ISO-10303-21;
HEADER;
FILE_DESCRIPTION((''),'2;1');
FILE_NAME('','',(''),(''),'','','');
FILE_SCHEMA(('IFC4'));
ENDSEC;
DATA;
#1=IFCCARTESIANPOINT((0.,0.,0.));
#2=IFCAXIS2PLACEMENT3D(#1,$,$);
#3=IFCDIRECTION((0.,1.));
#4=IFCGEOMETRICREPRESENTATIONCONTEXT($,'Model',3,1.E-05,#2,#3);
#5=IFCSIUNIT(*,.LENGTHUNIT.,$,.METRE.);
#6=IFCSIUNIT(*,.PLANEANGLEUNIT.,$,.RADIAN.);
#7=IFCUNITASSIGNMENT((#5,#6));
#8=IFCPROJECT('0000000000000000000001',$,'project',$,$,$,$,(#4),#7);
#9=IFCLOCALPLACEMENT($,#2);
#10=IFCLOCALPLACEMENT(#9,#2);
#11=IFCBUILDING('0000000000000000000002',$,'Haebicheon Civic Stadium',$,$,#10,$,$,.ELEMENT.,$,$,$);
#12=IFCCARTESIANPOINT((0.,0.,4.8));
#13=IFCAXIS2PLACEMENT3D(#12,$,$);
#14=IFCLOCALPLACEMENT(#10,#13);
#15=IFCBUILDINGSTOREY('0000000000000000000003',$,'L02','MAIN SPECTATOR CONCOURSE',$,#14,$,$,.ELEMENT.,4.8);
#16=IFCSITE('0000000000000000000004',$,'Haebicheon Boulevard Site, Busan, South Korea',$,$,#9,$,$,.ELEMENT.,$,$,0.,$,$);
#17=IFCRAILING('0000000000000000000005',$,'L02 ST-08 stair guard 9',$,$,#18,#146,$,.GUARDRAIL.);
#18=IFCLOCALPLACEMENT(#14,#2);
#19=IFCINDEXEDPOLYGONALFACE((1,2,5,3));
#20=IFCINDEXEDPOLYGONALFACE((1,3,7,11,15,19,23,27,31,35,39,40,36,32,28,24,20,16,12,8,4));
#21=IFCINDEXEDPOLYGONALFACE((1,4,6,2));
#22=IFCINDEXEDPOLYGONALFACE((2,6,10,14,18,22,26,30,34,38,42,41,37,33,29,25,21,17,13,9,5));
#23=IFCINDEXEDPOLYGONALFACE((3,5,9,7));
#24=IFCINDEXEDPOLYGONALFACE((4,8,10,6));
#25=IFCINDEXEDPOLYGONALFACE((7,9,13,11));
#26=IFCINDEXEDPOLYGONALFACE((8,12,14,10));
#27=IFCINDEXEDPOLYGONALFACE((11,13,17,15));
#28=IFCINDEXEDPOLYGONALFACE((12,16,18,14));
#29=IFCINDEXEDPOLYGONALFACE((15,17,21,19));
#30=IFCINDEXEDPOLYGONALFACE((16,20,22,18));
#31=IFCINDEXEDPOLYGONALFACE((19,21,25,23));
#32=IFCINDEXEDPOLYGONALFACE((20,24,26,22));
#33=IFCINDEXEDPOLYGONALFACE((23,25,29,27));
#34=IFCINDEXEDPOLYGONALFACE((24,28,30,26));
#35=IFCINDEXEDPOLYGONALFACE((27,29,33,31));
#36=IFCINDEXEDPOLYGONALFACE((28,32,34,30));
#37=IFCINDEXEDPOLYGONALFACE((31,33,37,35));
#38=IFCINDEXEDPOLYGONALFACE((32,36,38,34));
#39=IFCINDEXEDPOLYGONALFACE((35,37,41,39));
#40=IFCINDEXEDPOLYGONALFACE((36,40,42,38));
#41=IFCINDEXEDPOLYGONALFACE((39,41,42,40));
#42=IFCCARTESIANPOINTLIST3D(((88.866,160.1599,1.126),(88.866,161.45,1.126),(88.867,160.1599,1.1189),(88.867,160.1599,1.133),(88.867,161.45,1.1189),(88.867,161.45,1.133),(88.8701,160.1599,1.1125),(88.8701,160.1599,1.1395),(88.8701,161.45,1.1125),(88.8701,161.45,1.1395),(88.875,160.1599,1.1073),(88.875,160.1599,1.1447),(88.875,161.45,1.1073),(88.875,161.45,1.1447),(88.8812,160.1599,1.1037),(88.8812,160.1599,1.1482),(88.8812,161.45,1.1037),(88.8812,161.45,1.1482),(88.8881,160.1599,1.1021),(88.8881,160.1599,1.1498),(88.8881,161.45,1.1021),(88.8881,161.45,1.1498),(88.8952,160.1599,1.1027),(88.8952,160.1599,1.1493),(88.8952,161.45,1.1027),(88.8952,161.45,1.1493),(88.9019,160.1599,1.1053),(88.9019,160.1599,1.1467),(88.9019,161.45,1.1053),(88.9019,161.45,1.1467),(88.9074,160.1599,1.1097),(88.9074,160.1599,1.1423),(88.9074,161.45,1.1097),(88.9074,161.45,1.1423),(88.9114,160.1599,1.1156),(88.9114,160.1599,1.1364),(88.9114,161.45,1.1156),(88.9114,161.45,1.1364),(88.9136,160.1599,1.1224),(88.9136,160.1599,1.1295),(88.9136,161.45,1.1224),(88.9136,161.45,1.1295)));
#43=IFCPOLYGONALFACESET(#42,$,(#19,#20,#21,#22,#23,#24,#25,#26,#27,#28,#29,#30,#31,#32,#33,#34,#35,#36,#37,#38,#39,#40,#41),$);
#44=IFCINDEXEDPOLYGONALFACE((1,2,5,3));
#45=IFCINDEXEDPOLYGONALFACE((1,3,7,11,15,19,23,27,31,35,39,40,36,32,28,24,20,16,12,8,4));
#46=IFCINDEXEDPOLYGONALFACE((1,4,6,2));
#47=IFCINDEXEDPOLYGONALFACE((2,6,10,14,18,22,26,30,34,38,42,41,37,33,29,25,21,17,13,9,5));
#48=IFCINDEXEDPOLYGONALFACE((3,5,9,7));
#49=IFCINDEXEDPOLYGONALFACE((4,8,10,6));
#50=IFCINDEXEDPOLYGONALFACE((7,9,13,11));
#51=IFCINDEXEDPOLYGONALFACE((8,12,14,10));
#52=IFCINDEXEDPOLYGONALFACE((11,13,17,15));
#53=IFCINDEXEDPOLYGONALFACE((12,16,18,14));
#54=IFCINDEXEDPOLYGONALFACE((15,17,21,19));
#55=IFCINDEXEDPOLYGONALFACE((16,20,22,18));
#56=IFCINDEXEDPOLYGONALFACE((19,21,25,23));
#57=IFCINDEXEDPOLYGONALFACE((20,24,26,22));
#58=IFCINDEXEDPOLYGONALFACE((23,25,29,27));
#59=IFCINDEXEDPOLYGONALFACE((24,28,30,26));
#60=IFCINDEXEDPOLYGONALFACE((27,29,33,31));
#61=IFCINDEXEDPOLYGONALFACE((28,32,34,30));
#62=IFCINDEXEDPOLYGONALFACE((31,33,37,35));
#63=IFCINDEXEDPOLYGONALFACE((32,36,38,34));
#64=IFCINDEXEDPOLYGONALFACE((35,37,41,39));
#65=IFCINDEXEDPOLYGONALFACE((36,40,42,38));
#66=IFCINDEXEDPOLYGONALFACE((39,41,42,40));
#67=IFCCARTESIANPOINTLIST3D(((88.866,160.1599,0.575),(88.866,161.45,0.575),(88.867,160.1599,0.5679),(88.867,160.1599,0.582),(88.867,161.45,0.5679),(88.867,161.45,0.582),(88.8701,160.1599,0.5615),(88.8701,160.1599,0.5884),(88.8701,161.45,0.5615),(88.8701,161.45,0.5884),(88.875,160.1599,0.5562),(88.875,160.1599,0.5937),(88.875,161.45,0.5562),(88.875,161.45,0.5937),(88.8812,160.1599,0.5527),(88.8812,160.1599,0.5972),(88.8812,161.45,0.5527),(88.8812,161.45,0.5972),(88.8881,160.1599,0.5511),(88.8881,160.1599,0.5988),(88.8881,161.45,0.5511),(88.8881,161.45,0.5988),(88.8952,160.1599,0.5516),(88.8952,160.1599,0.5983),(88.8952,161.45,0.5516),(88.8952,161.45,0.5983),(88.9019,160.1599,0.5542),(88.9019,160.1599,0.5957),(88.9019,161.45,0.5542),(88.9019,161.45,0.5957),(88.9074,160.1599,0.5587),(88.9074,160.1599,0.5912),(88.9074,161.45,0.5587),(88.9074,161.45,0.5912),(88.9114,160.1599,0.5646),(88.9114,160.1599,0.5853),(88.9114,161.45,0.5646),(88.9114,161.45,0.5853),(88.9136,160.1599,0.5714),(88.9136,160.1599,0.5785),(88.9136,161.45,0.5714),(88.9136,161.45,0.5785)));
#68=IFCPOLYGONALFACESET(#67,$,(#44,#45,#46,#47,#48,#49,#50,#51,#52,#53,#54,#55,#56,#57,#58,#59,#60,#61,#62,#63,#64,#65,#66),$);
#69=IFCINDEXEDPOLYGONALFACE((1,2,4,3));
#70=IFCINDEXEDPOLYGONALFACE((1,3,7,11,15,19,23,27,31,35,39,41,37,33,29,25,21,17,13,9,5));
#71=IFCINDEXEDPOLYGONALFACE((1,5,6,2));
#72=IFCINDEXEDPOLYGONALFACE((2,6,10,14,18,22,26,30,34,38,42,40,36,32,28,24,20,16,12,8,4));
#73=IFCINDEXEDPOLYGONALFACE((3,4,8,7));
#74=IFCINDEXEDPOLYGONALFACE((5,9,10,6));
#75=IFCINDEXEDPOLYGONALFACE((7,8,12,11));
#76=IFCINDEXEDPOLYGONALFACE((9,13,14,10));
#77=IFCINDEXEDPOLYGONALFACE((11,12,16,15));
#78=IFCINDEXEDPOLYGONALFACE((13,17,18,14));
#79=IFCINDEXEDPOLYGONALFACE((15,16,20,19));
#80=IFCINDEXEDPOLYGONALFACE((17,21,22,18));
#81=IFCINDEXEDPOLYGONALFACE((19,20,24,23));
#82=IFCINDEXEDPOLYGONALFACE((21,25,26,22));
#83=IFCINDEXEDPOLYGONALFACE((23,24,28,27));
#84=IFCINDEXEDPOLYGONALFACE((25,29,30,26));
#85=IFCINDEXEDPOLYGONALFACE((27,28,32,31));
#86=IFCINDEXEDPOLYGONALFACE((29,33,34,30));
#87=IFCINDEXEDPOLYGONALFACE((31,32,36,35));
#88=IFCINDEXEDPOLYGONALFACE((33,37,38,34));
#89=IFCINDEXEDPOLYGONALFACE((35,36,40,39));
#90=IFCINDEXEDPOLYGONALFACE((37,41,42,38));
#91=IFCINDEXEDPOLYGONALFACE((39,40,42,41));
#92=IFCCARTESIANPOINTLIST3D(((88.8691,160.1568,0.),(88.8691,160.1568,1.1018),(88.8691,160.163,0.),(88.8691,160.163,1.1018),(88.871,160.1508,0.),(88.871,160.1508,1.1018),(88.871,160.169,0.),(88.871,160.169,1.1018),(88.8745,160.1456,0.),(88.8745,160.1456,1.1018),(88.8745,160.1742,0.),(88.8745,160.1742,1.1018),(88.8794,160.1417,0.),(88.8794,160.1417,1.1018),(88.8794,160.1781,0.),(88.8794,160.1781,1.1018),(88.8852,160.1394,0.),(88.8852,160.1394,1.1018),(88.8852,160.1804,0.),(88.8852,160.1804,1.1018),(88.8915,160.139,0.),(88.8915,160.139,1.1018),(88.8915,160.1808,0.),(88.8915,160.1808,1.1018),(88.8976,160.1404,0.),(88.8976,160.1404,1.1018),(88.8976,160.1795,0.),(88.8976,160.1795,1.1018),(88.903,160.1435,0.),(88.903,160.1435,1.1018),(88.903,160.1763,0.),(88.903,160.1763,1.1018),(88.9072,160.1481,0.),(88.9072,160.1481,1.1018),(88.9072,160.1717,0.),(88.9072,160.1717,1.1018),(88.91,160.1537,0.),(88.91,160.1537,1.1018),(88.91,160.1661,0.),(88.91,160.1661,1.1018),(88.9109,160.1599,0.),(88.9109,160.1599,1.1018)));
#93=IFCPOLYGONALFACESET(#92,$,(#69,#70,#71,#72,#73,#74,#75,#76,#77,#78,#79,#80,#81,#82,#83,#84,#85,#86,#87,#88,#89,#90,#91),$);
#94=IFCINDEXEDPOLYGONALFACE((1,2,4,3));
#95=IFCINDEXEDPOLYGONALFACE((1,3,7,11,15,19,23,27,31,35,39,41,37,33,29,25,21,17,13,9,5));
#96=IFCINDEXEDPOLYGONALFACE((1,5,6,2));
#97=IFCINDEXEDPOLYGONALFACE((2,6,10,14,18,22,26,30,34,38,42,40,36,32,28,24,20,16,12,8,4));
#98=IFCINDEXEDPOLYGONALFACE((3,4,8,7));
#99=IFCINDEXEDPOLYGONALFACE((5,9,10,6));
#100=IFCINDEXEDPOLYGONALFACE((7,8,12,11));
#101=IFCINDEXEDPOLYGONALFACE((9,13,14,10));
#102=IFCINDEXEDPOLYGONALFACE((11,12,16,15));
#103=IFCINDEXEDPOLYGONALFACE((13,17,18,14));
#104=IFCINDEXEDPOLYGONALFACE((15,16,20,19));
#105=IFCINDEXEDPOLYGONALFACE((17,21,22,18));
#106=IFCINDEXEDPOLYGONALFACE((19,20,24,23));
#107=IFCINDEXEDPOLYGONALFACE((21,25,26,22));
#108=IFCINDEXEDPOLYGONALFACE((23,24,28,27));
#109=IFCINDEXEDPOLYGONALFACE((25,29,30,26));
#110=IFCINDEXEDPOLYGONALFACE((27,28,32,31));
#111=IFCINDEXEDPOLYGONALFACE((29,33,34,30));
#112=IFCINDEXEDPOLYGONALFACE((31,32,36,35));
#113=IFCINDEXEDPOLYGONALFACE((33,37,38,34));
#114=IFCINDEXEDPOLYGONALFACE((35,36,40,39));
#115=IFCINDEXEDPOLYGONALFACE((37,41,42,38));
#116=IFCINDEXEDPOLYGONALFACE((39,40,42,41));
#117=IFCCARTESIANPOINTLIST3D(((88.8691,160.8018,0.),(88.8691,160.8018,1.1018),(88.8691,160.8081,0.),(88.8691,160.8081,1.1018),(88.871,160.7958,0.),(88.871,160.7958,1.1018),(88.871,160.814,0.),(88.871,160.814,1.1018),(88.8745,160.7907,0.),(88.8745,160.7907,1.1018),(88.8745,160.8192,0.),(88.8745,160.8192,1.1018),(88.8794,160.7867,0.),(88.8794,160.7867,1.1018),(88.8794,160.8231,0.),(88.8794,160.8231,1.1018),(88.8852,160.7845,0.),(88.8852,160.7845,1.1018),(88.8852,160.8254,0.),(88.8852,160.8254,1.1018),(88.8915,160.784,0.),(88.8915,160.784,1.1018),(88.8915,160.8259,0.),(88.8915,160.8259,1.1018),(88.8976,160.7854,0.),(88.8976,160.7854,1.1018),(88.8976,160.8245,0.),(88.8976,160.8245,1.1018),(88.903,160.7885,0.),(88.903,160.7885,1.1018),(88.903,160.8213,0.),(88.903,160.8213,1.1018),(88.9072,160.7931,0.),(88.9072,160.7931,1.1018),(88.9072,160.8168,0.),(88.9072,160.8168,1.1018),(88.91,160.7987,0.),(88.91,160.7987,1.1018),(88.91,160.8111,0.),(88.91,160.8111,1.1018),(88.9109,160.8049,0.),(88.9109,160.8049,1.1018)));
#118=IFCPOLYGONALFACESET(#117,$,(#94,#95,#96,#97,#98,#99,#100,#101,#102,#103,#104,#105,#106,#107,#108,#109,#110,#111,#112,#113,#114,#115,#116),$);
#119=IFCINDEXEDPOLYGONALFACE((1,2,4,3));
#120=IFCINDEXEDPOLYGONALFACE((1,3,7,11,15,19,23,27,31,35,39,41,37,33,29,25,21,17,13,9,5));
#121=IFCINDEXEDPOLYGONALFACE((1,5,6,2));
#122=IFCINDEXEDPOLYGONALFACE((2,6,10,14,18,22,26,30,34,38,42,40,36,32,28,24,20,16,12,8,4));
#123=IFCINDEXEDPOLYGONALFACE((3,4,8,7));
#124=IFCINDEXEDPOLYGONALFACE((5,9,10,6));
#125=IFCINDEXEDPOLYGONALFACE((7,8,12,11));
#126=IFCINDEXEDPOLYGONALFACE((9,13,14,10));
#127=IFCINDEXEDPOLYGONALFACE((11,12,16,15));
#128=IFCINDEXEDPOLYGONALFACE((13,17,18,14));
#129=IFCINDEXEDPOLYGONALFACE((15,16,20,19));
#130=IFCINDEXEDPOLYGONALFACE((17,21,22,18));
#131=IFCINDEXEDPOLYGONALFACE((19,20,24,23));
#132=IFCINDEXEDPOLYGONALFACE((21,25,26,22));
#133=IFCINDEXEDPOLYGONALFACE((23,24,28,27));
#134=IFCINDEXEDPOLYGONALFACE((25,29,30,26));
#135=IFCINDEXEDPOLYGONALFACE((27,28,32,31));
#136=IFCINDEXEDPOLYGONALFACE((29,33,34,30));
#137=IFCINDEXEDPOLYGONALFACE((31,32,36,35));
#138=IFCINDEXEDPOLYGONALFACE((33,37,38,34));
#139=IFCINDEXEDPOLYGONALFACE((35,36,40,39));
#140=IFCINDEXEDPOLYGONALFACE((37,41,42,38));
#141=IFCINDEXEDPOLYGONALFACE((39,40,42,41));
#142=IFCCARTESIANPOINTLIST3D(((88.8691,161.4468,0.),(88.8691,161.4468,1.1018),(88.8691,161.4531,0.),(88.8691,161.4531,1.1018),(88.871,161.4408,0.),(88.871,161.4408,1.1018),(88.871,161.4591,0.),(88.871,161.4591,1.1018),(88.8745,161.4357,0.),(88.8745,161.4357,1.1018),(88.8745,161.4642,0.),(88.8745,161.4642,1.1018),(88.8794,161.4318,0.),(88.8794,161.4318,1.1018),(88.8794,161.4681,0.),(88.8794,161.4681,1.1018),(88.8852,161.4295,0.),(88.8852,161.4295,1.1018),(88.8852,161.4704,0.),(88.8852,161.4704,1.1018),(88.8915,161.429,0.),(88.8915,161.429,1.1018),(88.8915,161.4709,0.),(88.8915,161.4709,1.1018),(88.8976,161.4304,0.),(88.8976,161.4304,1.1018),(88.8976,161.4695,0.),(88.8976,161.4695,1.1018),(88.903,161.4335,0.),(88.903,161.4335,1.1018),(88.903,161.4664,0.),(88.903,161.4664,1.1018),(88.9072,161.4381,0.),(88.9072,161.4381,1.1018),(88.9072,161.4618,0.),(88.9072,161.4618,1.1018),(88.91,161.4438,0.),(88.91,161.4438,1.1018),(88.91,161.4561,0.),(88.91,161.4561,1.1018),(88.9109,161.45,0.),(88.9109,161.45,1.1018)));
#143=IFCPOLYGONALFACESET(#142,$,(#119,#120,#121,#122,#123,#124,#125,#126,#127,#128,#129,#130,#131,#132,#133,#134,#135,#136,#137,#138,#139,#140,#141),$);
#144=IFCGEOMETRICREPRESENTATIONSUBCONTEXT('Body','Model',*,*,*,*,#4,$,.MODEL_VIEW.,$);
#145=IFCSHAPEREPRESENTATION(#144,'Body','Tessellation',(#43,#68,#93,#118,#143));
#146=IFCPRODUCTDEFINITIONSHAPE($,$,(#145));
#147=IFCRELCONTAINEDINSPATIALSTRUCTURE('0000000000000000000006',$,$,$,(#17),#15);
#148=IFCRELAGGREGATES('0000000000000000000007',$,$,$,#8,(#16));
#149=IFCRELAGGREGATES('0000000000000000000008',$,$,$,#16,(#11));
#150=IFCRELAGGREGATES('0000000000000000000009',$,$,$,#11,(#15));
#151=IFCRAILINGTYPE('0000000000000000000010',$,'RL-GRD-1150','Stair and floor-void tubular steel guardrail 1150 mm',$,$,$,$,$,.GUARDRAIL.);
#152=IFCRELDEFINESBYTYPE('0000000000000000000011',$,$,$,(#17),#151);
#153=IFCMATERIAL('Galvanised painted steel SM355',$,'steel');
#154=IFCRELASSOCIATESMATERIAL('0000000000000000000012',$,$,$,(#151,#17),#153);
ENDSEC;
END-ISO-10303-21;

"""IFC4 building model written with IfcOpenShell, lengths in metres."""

from ifc_helpers import new_model, si_unit, direction, frame, origin, origin_2d, place, context, subcontext, project, spatial, circle, extrude, material, type_object, element, save


model = new_model("IFC4")

# Units and contexts
model_context = context("Model", 3, precision=1e-05, world=origin(), true_north=direction((0.0, 1.0)))
body_context = subcontext(model_context, "Body", "Model", "MODEL_VIEW")
ifc_project = project(units=[si_unit("LENGTHUNIT", "METRE"), si_unit("PLANEANGLEUNIT", "RADIAN")], contexts=[model_context])

# Site, building, storey
site_placement = place(None, origin())
site = spatial("IfcSite", under=ifc_project, at=site_placement, Name="Haebicheon Boulevard Site, Busan, South Korea", CompositionType="ELEMENT", RefElevation=0.0)
building_placement = place(site_placement, origin())
building = spatial("IfcBuilding", under=site, at=building_placement, Name="Haebicheon Civic Stadium", CompositionType="ELEMENT")
storey_placement = place(building_placement, frame((0.0, 0.0, 4.8)))
storey = spatial("IfcBuildingStorey", under=building, at=storey_placement, Name="L02", Description="MAIN SPECTATOR CONCOURSE", CompositionType="ELEMENT", Elevation=4.8)

# Railing
ifc_material_1 = material(Name="Galvanised painted steel SM355", Category="steel")
railing_type_1 = type_object("IfcRailingType", Name="RL-GRD-1150", Description="Stair and floor-void tubular steel guardrail 1150 mm", PredefinedType="GUARDRAIL", material=ifc_material_1)
for number, where, name in (
    (1, (88.8899, 160.1599, 0.0), "L02 ST-08 stair guard 9"),
):
    element("IfcRailing", number, at=place(storey_placement, frame(where)), inside=storey, type_object=railing_type_1, material=ifc_material_1, Name=name, PredefinedType="GUARDRAIL", context=body_context, shape_type="SweptSolid", body=[
        extrude(circle(Radius=0.0239, at=origin_2d()), frame((0.0, 0.0, 1.126), z_axis=(0.0, 1.0, 0.0), x_axis=(-1.0, 0.0, 0.0)), (0.0, 0.0, 1.0), 1.29),
        extrude(circle(Radius=0.0239, at=origin_2d()), frame((0.0, 0.0, 0.575), z_axis=(0.0, 1.0, 0.0), x_axis=(-1.0, 0.0, 0.0)), (0.0, 0.0, 1.0), 1.29),
        extrude(circle(Radius=0.021, at=origin_2d()), origin(), (0.0, 0.0, 1.0), 1.1018),
        extrude(circle(Radius=0.021, at=origin_2d()), frame((0.0, 0.645, 0.0)), (0.0, 0.0, 1.0), 1.1018),
        extrude(circle(Radius=0.021, at=origin_2d()), frame((0.0, 1.29, 0.0)), (0.0, 0.0, 1.0), 1.1018),
    ])

save(model, "model.ifc")
